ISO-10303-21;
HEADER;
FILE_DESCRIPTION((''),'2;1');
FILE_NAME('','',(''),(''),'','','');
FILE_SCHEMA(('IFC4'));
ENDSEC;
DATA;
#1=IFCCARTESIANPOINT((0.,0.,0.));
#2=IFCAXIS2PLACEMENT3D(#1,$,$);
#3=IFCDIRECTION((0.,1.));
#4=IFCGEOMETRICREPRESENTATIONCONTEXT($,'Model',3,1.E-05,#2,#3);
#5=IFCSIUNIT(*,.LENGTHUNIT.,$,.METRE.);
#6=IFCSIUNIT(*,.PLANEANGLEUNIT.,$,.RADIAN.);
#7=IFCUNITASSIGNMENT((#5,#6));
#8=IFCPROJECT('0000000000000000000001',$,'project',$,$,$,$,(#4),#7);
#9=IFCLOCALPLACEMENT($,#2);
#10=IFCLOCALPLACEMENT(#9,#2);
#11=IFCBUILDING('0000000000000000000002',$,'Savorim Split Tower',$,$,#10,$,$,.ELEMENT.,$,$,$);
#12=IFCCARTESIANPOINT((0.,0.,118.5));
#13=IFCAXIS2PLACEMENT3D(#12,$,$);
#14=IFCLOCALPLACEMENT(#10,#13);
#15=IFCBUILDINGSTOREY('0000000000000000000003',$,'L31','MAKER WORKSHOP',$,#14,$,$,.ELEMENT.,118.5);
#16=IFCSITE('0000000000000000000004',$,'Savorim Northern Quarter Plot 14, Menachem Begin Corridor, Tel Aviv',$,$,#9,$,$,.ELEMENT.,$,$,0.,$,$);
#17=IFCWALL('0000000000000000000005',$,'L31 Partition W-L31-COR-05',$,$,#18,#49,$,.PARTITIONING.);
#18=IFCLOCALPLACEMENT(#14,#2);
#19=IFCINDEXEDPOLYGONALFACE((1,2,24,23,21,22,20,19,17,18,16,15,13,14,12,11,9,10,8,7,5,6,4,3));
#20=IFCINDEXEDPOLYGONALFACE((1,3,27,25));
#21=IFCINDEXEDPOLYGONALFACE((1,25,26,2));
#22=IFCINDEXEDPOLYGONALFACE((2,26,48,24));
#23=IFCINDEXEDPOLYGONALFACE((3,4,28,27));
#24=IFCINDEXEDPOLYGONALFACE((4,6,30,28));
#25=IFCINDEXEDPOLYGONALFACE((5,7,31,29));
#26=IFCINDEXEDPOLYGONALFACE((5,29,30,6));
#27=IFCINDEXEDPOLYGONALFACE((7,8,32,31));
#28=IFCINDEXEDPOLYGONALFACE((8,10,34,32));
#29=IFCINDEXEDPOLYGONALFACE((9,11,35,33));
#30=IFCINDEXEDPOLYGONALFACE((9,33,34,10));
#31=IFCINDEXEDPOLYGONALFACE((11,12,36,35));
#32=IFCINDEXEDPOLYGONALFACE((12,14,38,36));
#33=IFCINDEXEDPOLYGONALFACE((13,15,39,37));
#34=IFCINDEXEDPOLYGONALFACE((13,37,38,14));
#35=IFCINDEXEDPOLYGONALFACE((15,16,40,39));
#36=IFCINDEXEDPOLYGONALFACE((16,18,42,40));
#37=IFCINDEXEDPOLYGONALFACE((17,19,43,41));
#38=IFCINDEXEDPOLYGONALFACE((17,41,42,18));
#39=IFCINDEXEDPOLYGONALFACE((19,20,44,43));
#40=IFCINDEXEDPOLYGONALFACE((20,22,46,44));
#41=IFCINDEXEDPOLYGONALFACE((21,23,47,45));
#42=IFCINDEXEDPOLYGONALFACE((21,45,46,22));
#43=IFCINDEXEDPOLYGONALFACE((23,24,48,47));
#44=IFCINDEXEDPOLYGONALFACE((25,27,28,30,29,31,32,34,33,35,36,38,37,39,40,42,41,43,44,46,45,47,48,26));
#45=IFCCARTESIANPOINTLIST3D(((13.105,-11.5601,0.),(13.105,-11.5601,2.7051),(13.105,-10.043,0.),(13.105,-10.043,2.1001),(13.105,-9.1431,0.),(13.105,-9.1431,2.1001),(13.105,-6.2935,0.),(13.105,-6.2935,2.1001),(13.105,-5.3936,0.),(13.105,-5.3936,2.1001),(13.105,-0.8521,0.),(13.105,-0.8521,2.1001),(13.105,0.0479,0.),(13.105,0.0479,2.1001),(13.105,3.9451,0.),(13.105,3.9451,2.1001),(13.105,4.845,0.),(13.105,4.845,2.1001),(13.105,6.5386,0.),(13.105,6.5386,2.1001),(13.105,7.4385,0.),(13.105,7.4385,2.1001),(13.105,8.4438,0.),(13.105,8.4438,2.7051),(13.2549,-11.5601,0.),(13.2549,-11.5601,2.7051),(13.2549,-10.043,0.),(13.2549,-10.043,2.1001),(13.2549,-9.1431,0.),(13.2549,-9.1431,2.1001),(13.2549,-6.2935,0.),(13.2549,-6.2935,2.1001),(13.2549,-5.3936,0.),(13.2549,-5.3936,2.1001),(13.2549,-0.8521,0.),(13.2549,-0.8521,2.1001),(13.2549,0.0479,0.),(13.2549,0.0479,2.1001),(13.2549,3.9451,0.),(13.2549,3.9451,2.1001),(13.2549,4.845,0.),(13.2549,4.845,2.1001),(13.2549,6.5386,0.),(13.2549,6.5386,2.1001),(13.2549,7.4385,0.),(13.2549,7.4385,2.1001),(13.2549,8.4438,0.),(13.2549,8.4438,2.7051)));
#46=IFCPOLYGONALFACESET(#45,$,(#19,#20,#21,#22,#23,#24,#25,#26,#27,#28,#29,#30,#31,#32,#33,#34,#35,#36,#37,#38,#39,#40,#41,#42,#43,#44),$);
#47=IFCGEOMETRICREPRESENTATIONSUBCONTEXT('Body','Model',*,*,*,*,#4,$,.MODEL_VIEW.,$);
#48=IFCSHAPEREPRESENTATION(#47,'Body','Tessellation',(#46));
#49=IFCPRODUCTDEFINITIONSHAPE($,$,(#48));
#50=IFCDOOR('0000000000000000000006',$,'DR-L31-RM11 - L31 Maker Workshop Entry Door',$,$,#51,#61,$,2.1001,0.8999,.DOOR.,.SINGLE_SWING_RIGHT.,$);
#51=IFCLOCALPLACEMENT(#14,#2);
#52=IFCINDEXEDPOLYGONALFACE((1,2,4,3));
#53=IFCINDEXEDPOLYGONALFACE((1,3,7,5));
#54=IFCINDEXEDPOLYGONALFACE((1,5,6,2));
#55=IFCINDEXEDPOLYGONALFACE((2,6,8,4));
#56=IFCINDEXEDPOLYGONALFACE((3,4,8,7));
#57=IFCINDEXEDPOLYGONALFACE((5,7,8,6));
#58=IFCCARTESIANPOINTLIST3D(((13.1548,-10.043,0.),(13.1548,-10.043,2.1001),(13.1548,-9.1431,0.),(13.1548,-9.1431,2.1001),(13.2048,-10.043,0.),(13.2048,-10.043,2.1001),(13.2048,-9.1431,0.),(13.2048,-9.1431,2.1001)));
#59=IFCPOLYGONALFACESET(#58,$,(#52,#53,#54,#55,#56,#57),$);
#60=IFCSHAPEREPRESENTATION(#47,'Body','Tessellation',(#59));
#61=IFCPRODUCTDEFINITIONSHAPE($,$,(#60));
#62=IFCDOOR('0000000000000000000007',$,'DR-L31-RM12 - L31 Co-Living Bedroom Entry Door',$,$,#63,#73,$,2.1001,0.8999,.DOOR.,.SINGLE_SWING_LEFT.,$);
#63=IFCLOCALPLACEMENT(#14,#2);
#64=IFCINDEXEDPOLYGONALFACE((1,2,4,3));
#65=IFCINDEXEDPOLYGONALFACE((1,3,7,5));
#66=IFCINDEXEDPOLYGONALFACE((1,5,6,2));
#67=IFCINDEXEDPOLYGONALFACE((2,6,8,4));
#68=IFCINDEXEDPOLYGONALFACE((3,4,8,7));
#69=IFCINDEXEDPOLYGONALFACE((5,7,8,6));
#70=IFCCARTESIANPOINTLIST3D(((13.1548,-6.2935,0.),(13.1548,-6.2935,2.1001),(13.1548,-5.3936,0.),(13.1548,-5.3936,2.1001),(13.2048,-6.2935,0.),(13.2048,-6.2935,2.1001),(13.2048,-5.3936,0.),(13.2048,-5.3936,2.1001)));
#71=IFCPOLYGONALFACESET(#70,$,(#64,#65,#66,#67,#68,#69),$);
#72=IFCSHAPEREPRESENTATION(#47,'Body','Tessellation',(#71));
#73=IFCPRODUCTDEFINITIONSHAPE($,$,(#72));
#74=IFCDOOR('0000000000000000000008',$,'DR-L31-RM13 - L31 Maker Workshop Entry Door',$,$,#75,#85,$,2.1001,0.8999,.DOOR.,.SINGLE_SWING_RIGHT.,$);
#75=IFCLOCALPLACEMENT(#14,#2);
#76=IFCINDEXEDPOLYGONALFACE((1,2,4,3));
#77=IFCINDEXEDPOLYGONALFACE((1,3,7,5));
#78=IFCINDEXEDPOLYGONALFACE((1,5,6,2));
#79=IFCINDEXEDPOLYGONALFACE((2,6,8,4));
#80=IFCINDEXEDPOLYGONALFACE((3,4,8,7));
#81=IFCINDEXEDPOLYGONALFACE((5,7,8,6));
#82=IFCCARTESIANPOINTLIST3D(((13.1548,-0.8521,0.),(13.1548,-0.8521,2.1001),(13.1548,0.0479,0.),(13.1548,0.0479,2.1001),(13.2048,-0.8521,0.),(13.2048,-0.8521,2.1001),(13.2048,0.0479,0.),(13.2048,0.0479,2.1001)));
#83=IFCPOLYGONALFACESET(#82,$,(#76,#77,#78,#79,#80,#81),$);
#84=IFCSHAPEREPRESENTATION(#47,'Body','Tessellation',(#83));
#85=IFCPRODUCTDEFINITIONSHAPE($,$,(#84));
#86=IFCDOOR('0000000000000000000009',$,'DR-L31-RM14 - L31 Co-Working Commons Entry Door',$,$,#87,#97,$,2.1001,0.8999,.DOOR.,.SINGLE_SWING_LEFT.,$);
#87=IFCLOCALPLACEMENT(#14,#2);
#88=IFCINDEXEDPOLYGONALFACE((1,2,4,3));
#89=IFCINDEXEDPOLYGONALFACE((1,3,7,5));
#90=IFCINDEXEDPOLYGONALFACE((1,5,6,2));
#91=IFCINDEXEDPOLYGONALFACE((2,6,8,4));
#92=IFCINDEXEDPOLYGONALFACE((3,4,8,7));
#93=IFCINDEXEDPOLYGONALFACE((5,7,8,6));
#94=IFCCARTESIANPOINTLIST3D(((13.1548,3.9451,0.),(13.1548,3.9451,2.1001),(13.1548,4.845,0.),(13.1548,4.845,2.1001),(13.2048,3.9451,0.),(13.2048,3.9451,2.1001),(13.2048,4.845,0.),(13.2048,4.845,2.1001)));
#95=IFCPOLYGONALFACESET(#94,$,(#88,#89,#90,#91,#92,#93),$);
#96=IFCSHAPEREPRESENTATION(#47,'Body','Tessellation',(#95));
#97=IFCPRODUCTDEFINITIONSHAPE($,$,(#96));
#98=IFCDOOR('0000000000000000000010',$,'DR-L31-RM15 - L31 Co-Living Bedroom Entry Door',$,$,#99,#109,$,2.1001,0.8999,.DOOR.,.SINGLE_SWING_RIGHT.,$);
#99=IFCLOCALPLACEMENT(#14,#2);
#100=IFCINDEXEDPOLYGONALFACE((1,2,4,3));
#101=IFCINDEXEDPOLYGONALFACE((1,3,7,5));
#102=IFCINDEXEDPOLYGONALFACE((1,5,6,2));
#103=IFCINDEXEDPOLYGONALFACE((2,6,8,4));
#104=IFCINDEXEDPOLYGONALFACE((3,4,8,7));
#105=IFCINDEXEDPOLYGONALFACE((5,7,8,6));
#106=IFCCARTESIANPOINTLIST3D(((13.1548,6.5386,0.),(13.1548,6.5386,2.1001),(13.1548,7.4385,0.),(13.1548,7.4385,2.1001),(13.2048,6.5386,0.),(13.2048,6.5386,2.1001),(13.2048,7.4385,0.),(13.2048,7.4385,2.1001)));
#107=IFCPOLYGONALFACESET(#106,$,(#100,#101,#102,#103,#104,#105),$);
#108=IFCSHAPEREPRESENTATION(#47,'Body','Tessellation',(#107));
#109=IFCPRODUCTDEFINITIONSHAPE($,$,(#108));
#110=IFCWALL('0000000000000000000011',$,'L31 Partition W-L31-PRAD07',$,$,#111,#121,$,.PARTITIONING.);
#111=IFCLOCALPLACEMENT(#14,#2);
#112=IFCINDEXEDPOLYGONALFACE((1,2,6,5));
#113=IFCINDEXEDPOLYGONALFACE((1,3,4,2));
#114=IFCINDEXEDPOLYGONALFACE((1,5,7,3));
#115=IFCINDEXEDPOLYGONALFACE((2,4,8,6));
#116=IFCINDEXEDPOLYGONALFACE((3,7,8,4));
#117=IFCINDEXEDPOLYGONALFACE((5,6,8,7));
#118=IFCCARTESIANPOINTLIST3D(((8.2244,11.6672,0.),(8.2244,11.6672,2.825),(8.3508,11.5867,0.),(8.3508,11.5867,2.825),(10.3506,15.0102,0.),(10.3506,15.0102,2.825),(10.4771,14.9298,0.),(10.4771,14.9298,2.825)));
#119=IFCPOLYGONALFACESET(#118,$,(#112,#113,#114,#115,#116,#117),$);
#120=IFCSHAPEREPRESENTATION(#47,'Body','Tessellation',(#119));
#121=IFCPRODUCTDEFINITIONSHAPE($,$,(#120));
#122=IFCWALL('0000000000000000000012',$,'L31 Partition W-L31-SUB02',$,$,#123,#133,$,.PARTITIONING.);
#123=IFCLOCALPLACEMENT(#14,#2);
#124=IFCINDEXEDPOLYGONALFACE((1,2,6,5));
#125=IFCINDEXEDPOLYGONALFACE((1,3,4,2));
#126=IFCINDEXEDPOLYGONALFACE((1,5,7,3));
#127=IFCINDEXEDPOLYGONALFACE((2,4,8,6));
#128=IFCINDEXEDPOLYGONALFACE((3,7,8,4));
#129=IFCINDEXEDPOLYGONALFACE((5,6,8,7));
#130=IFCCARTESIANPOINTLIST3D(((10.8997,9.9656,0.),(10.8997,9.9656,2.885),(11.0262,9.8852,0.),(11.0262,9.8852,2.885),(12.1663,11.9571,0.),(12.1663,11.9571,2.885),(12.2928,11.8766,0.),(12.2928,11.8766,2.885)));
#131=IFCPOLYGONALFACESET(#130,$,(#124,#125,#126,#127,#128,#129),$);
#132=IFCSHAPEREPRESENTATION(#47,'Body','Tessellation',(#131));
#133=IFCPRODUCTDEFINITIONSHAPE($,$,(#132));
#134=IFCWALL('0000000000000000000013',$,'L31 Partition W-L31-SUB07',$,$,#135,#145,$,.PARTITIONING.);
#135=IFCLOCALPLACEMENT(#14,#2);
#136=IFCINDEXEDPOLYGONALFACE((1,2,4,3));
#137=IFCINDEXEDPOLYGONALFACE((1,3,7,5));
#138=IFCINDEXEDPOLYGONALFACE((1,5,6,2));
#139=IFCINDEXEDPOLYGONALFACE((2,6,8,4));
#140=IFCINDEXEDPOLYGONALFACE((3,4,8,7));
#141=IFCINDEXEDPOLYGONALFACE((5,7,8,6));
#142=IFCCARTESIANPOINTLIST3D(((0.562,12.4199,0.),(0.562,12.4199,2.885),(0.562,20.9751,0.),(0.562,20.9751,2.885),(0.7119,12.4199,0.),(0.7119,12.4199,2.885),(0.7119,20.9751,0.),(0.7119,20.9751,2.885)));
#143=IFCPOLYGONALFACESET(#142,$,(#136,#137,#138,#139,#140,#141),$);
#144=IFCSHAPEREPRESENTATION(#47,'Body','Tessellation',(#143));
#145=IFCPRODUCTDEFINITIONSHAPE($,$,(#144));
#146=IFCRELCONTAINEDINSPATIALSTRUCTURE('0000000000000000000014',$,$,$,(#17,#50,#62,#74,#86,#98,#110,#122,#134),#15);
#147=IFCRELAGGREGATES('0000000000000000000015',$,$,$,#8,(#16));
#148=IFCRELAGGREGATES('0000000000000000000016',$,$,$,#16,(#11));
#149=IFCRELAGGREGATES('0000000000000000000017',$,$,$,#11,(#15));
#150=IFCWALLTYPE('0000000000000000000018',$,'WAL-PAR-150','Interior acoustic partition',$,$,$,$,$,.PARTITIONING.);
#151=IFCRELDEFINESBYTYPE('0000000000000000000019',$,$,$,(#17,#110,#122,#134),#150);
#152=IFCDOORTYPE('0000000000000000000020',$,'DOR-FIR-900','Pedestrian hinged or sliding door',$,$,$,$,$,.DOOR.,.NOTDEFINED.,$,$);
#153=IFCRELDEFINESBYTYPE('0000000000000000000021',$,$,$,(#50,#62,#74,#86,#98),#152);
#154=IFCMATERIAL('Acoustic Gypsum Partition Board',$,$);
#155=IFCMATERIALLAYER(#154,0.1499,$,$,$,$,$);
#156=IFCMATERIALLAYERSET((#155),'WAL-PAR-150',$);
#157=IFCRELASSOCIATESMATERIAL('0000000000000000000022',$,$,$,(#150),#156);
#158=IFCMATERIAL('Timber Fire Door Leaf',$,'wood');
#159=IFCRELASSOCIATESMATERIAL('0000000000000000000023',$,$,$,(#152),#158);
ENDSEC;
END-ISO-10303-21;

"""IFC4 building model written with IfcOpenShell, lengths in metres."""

from ifc_helpers import new_model, si_unit, direction, frame, frame_2d, origin, place, context, subcontext, project, spatial, rectangle, extrude, material, layer, layer_set, type_object, element, fill, save


model = new_model("IFC4")

# Units and contexts
model_context = context("Model", 3, precision=1e-05, world=origin(), true_north=direction((0.0, 1.0)))
body_context = subcontext(model_context, "Body", "Model", "MODEL_VIEW")
ifc_project = project(units=[si_unit("LENGTHUNIT", "METRE"), si_unit("PLANEANGLEUNIT", "RADIAN")], contexts=[model_context])

# Site, building, storey
site_placement = place(None, origin())
site = spatial("IfcSite", under=ifc_project, at=site_placement, Name="Savorim Northern Quarter Plot 14, Menachem Begin Corridor, Tel Aviv", CompositionType="ELEMENT", RefElevation=0.0)
building_placement = place(site_placement, origin())
building = spatial("IfcBuilding", under=site, at=building_placement, Name="Savorim Split Tower", CompositionType="ELEMENT")
storey_placement = place(building_placement, frame((0.0, 0.0, 118.5)))
storey = spatial("IfcBuildingStorey", under=building, at=storey_placement, Name="L31", Description="MAKER WORKSHOP", CompositionType="ELEMENT", Elevation=118.5)

# Shared definitions
ifc_material_1 = material(Name="Timber Fire Door Leaf", Category="wood")

# Shared definitions
ifc_material_2 = material(Name="Acoustic Gypsum Partition Board")
ifc_layer_1 = layer(ifc_material_2, 0.1499)
ifc_layer_set_1 = layer_set([ifc_layer_1], Name="WAL-PAR-150")
wall_type_1 = type_object("IfcWallType", Name="WAL-PAR-150", Description="Interior acoustic partition", PredefinedType="PARTITIONING", material=ifc_layer_set_1)

# Wall, openings, doors
wall_1_placement = place(storey_placement, frame((13.1799, 8.4438, 0.0), z_axis=(0.0, 0.0, 1.0), x_axis=(0.0, -1.0, 0.0)))
wall_1 = element("IfcWall", 1, at=wall_1_placement, inside=storey, type_object=wall_type_1, Name="L31 Partition W-L31-COR-05", PredefinedType="PARTITIONING", context=body_context, shape_type="SweptSolid", body=[
    extrude(rectangle(XDim=20.0039, YDim=0.1499, at=frame_2d((10.002, 0.0))), origin(), (0.0, 0.0, 1.0), 2.7051),
])
opening_1_placement = place(wall_1_placement, frame((17.5869, 0.0, 0.0)))
opening_1 = element("IfcOpeningElement", 2, at=opening_1_placement, cuts=wall_1, PredefinedType="OPENING", context=body_context, shape_type="SweptSolid", body=[
    extrude(rectangle(XDim=0.8999, YDim=2.1001, at=frame_2d((0.45, 1.05))), frame((0.0, 0.085, 0.0), z_axis=(0.0, -1.0, 0.0), x_axis=(1.0, 0.0, 0.0)), (0.0, 0.0, 1.0), 0.1699),
])
opening_2_placement = place(wall_1_placement, frame((13.8374, 0.0, 0.0)))
opening_2 = element("IfcOpeningElement", 3, at=opening_2_placement, cuts=wall_1, PredefinedType="OPENING", context=body_context, shape_type="SweptSolid", body=[
    extrude(rectangle(XDim=0.8999, YDim=2.1001, at=frame_2d((0.45, 1.05))), frame((0.0, 0.085, 0.0), z_axis=(0.0, -1.0, 0.0), x_axis=(1.0, 0.0, 0.0)), (0.0, 0.0, 1.0), 0.1699),
])
opening_3_placement = place(wall_1_placement, frame((8.396, 0.0, 0.0)))
opening_3 = element("IfcOpeningElement", 4, at=opening_3_placement, cuts=wall_1, PredefinedType="OPENING", context=body_context, shape_type="SweptSolid", body=[
    extrude(rectangle(XDim=0.8999, YDim=2.1001, at=frame_2d((0.45, 1.05))), frame((0.0, 0.085, 0.0), z_axis=(0.0, -1.0, 0.0), x_axis=(1.0, 0.0, 0.0)), (0.0, 0.0, 1.0), 0.1699),
])
opening_4_placement = place(wall_1_placement, frame((3.5989, 0.0, 0.0)))
opening_4 = element("IfcOpeningElement", 5, at=opening_4_placement, cuts=wall_1, PredefinedType="OPENING", context=body_context, shape_type="SweptSolid", body=[
    extrude(rectangle(XDim=0.8999, YDim=2.1001, at=frame_2d((0.45, 1.05))), frame((0.0, 0.085, 0.0), z_axis=(0.0, -1.0, 0.0), x_axis=(1.0, 0.0, 0.0)), (0.0, 0.0, 1.0), 0.1699),
])
opening_5_placement = place(wall_1_placement, frame((1.0054, 0.0, 0.0)))
opening_5 = element("IfcOpeningElement", 6, at=opening_5_placement, cuts=wall_1, PredefinedType="OPENING", context=body_context, shape_type="SweptSolid", body=[
    extrude(rectangle(XDim=0.8999, YDim=2.1001, at=frame_2d((0.45, 1.05))), frame((0.0, 0.085, 0.0), z_axis=(0.0, -1.0, 0.0), x_axis=(1.0, 0.0, 0.0)), (0.0, 0.0, 1.0), 0.1699),
])
door_type_1 = type_object("IfcDoorType", Name="DOR-FIR-900", Description="Pedestrian hinged or sliding door", OperationType="NOTDEFINED", PredefinedType="DOOR", material=ifc_material_1)
door_1_placement = place(opening_1_placement, origin())
door_1 = element("IfcDoor", 7, at=door_1_placement, inside=storey, type_object=door_type_1, Name="DR-L31-RM11 - L31 Maker Workshop Entry Door", OperationType="SINGLE_SWING_RIGHT", OverallHeight=2.1001, OverallWidth=0.8999, PredefinedType="DOOR", context=body_context, shape_type="SweptSolid", body=[
    extrude(rectangle(XDim=0.8999, YDim=2.1001, at=frame_2d((0.45, 1.05))), frame((0.0, 0.0249, 0.0), z_axis=(0.0, -1.0, 0.0), x_axis=(1.0, 0.0, 0.0)), (0.0, 0.0, 1.0), 0.05),
])
fill(opening_1, door_1)
door_2_placement = place(opening_2_placement, origin())
door_2 = element("IfcDoor", 8, at=door_2_placement, inside=storey, type_object=door_type_1, Name="DR-L31-RM12 - L31 Co-Living Bedroom Entry Door", OperationType="SINGLE_SWING_LEFT", OverallHeight=2.1001, OverallWidth=0.8999, PredefinedType="DOOR", context=body_context, shape_type="SweptSolid", body=[
    extrude(rectangle(XDim=0.8999, YDim=2.1001, at=frame_2d((0.45, 1.05))), frame((0.0, 0.0249, 0.0), z_axis=(0.0, -1.0, 0.0), x_axis=(1.0, 0.0, 0.0)), (0.0, 0.0, 1.0), 0.05),
])
fill(opening_2, door_2)
door_3_placement = place(opening_3_placement, origin())
door_3 = element("IfcDoor", 9, at=door_3_placement, inside=storey, type_object=door_type_1, Name="DR-L31-RM13 - L31 Maker Workshop Entry Door", OperationType="SINGLE_SWING_RIGHT", OverallHeight=2.1001, OverallWidth=0.8999, PredefinedType="DOOR", context=body_context, shape_type="SweptSolid", body=[
    extrude(rectangle(XDim=0.8999, YDim=2.1001, at=frame_2d((0.45, 1.05))), frame((0.0, 0.0249, 0.0), z_axis=(0.0, -1.0, 0.0), x_axis=(1.0, 0.0, 0.0)), (0.0, 0.0, 1.0), 0.05),
])
fill(opening_3, door_3)
door_4_placement = place(opening_4_placement, origin())
door_4 = element("IfcDoor", 10, at=door_4_placement, inside=storey, type_object=door_type_1, Name="DR-L31-RM14 - L31 Co-Working Commons Entry Door", OperationType="SINGLE_SWING_LEFT", OverallHeight=2.1001, OverallWidth=0.8999, PredefinedType="DOOR", context=body_context, shape_type="SweptSolid", body=[
    extrude(rectangle(XDim=0.8999, YDim=2.1001, at=frame_2d((0.45, 1.05))), frame((0.0, 0.0249, 0.0), z_axis=(0.0, -1.0, 0.0), x_axis=(1.0, 0.0, 0.0)), (0.0, 0.0, 1.0), 0.05),
])
fill(opening_4, door_4)
door_5_placement = place(opening_5_placement, origin())
door_5 = element("IfcDoor", 11, at=door_5_placement, inside=storey, type_object=door_type_1, Name="DR-L31-RM15 - L31 Co-Living Bedroom Entry Door", OperationType="SINGLE_SWING_RIGHT", OverallHeight=2.1001, OverallWidth=0.8999, PredefinedType="DOOR", context=body_context, shape_type="SweptSolid", body=[
    extrude(rectangle(XDim=0.8999, YDim=2.1001, at=frame_2d((0.45, 1.05))), frame((0.0, 0.0249, 0.0), z_axis=(0.0, -1.0, 0.0), x_axis=(1.0, 0.0, 0.0)), (0.0, 0.0, 1.0), 0.05),
])
fill(opening_5, door_5)

# Walls
wall_2_placement = place(storey_placement, frame((8.2876, 11.627, 0.0), z_axis=(0.0, 0.0, 1.0), x_axis=(0.536668, 0.843793, 0.0)))
element("IfcWall", 12, at=wall_2_placement, inside=storey, type_object=wall_type_1, Name="L31 Partition W-L31-PRAD07", PredefinedType="PARTITIONING", context=body_context, shape_type="SweptSolid", body=[
    extrude(rectangle(XDim=3.9619, YDim=0.1499, at=frame_2d((1.981, 0.0))), origin(), (0.0, 0.0, 1.0), 2.825),
])
wall_3_placement = place(storey_placement, frame((10.9629, 9.9253, 0.0), z_axis=(0.0, 0.0, 1.0), x_axis=(0.536668, 0.843794, 0.0)))
element("IfcWall", 13, at=wall_3_placement, inside=storey, type_object=wall_type_1, Name="L31 Partition W-L31-SUB02", PredefinedType="PARTITIONING", context=body_context, shape_type="SweptSolid", body=[
    extrude(rectangle(XDim=2.3601, YDim=0.1499, at=frame_2d((1.1802, 0.0))), origin(), (0.0, 0.0, 1.0), 2.885),
])
wall_4_placement = place(storey_placement, frame((0.637, 12.4199, 0.0), z_axis=(0.0, 0.0, 1.0), x_axis=(0.0, 1.0, 0.0)))
element("IfcWall", 14, at=wall_4_placement, inside=storey, type_object=wall_type_1, Name="L31 Partition W-L31-SUB07", PredefinedType="PARTITIONING", context=body_context, shape_type="SweptSolid", body=[
    extrude(rectangle(XDim=8.5552, YDim=0.1499, at=frame_2d((4.2776, 0.0))), origin(), (0.0, 0.0, 1.0), 2.885),
])

save(model, "model.ifc")
